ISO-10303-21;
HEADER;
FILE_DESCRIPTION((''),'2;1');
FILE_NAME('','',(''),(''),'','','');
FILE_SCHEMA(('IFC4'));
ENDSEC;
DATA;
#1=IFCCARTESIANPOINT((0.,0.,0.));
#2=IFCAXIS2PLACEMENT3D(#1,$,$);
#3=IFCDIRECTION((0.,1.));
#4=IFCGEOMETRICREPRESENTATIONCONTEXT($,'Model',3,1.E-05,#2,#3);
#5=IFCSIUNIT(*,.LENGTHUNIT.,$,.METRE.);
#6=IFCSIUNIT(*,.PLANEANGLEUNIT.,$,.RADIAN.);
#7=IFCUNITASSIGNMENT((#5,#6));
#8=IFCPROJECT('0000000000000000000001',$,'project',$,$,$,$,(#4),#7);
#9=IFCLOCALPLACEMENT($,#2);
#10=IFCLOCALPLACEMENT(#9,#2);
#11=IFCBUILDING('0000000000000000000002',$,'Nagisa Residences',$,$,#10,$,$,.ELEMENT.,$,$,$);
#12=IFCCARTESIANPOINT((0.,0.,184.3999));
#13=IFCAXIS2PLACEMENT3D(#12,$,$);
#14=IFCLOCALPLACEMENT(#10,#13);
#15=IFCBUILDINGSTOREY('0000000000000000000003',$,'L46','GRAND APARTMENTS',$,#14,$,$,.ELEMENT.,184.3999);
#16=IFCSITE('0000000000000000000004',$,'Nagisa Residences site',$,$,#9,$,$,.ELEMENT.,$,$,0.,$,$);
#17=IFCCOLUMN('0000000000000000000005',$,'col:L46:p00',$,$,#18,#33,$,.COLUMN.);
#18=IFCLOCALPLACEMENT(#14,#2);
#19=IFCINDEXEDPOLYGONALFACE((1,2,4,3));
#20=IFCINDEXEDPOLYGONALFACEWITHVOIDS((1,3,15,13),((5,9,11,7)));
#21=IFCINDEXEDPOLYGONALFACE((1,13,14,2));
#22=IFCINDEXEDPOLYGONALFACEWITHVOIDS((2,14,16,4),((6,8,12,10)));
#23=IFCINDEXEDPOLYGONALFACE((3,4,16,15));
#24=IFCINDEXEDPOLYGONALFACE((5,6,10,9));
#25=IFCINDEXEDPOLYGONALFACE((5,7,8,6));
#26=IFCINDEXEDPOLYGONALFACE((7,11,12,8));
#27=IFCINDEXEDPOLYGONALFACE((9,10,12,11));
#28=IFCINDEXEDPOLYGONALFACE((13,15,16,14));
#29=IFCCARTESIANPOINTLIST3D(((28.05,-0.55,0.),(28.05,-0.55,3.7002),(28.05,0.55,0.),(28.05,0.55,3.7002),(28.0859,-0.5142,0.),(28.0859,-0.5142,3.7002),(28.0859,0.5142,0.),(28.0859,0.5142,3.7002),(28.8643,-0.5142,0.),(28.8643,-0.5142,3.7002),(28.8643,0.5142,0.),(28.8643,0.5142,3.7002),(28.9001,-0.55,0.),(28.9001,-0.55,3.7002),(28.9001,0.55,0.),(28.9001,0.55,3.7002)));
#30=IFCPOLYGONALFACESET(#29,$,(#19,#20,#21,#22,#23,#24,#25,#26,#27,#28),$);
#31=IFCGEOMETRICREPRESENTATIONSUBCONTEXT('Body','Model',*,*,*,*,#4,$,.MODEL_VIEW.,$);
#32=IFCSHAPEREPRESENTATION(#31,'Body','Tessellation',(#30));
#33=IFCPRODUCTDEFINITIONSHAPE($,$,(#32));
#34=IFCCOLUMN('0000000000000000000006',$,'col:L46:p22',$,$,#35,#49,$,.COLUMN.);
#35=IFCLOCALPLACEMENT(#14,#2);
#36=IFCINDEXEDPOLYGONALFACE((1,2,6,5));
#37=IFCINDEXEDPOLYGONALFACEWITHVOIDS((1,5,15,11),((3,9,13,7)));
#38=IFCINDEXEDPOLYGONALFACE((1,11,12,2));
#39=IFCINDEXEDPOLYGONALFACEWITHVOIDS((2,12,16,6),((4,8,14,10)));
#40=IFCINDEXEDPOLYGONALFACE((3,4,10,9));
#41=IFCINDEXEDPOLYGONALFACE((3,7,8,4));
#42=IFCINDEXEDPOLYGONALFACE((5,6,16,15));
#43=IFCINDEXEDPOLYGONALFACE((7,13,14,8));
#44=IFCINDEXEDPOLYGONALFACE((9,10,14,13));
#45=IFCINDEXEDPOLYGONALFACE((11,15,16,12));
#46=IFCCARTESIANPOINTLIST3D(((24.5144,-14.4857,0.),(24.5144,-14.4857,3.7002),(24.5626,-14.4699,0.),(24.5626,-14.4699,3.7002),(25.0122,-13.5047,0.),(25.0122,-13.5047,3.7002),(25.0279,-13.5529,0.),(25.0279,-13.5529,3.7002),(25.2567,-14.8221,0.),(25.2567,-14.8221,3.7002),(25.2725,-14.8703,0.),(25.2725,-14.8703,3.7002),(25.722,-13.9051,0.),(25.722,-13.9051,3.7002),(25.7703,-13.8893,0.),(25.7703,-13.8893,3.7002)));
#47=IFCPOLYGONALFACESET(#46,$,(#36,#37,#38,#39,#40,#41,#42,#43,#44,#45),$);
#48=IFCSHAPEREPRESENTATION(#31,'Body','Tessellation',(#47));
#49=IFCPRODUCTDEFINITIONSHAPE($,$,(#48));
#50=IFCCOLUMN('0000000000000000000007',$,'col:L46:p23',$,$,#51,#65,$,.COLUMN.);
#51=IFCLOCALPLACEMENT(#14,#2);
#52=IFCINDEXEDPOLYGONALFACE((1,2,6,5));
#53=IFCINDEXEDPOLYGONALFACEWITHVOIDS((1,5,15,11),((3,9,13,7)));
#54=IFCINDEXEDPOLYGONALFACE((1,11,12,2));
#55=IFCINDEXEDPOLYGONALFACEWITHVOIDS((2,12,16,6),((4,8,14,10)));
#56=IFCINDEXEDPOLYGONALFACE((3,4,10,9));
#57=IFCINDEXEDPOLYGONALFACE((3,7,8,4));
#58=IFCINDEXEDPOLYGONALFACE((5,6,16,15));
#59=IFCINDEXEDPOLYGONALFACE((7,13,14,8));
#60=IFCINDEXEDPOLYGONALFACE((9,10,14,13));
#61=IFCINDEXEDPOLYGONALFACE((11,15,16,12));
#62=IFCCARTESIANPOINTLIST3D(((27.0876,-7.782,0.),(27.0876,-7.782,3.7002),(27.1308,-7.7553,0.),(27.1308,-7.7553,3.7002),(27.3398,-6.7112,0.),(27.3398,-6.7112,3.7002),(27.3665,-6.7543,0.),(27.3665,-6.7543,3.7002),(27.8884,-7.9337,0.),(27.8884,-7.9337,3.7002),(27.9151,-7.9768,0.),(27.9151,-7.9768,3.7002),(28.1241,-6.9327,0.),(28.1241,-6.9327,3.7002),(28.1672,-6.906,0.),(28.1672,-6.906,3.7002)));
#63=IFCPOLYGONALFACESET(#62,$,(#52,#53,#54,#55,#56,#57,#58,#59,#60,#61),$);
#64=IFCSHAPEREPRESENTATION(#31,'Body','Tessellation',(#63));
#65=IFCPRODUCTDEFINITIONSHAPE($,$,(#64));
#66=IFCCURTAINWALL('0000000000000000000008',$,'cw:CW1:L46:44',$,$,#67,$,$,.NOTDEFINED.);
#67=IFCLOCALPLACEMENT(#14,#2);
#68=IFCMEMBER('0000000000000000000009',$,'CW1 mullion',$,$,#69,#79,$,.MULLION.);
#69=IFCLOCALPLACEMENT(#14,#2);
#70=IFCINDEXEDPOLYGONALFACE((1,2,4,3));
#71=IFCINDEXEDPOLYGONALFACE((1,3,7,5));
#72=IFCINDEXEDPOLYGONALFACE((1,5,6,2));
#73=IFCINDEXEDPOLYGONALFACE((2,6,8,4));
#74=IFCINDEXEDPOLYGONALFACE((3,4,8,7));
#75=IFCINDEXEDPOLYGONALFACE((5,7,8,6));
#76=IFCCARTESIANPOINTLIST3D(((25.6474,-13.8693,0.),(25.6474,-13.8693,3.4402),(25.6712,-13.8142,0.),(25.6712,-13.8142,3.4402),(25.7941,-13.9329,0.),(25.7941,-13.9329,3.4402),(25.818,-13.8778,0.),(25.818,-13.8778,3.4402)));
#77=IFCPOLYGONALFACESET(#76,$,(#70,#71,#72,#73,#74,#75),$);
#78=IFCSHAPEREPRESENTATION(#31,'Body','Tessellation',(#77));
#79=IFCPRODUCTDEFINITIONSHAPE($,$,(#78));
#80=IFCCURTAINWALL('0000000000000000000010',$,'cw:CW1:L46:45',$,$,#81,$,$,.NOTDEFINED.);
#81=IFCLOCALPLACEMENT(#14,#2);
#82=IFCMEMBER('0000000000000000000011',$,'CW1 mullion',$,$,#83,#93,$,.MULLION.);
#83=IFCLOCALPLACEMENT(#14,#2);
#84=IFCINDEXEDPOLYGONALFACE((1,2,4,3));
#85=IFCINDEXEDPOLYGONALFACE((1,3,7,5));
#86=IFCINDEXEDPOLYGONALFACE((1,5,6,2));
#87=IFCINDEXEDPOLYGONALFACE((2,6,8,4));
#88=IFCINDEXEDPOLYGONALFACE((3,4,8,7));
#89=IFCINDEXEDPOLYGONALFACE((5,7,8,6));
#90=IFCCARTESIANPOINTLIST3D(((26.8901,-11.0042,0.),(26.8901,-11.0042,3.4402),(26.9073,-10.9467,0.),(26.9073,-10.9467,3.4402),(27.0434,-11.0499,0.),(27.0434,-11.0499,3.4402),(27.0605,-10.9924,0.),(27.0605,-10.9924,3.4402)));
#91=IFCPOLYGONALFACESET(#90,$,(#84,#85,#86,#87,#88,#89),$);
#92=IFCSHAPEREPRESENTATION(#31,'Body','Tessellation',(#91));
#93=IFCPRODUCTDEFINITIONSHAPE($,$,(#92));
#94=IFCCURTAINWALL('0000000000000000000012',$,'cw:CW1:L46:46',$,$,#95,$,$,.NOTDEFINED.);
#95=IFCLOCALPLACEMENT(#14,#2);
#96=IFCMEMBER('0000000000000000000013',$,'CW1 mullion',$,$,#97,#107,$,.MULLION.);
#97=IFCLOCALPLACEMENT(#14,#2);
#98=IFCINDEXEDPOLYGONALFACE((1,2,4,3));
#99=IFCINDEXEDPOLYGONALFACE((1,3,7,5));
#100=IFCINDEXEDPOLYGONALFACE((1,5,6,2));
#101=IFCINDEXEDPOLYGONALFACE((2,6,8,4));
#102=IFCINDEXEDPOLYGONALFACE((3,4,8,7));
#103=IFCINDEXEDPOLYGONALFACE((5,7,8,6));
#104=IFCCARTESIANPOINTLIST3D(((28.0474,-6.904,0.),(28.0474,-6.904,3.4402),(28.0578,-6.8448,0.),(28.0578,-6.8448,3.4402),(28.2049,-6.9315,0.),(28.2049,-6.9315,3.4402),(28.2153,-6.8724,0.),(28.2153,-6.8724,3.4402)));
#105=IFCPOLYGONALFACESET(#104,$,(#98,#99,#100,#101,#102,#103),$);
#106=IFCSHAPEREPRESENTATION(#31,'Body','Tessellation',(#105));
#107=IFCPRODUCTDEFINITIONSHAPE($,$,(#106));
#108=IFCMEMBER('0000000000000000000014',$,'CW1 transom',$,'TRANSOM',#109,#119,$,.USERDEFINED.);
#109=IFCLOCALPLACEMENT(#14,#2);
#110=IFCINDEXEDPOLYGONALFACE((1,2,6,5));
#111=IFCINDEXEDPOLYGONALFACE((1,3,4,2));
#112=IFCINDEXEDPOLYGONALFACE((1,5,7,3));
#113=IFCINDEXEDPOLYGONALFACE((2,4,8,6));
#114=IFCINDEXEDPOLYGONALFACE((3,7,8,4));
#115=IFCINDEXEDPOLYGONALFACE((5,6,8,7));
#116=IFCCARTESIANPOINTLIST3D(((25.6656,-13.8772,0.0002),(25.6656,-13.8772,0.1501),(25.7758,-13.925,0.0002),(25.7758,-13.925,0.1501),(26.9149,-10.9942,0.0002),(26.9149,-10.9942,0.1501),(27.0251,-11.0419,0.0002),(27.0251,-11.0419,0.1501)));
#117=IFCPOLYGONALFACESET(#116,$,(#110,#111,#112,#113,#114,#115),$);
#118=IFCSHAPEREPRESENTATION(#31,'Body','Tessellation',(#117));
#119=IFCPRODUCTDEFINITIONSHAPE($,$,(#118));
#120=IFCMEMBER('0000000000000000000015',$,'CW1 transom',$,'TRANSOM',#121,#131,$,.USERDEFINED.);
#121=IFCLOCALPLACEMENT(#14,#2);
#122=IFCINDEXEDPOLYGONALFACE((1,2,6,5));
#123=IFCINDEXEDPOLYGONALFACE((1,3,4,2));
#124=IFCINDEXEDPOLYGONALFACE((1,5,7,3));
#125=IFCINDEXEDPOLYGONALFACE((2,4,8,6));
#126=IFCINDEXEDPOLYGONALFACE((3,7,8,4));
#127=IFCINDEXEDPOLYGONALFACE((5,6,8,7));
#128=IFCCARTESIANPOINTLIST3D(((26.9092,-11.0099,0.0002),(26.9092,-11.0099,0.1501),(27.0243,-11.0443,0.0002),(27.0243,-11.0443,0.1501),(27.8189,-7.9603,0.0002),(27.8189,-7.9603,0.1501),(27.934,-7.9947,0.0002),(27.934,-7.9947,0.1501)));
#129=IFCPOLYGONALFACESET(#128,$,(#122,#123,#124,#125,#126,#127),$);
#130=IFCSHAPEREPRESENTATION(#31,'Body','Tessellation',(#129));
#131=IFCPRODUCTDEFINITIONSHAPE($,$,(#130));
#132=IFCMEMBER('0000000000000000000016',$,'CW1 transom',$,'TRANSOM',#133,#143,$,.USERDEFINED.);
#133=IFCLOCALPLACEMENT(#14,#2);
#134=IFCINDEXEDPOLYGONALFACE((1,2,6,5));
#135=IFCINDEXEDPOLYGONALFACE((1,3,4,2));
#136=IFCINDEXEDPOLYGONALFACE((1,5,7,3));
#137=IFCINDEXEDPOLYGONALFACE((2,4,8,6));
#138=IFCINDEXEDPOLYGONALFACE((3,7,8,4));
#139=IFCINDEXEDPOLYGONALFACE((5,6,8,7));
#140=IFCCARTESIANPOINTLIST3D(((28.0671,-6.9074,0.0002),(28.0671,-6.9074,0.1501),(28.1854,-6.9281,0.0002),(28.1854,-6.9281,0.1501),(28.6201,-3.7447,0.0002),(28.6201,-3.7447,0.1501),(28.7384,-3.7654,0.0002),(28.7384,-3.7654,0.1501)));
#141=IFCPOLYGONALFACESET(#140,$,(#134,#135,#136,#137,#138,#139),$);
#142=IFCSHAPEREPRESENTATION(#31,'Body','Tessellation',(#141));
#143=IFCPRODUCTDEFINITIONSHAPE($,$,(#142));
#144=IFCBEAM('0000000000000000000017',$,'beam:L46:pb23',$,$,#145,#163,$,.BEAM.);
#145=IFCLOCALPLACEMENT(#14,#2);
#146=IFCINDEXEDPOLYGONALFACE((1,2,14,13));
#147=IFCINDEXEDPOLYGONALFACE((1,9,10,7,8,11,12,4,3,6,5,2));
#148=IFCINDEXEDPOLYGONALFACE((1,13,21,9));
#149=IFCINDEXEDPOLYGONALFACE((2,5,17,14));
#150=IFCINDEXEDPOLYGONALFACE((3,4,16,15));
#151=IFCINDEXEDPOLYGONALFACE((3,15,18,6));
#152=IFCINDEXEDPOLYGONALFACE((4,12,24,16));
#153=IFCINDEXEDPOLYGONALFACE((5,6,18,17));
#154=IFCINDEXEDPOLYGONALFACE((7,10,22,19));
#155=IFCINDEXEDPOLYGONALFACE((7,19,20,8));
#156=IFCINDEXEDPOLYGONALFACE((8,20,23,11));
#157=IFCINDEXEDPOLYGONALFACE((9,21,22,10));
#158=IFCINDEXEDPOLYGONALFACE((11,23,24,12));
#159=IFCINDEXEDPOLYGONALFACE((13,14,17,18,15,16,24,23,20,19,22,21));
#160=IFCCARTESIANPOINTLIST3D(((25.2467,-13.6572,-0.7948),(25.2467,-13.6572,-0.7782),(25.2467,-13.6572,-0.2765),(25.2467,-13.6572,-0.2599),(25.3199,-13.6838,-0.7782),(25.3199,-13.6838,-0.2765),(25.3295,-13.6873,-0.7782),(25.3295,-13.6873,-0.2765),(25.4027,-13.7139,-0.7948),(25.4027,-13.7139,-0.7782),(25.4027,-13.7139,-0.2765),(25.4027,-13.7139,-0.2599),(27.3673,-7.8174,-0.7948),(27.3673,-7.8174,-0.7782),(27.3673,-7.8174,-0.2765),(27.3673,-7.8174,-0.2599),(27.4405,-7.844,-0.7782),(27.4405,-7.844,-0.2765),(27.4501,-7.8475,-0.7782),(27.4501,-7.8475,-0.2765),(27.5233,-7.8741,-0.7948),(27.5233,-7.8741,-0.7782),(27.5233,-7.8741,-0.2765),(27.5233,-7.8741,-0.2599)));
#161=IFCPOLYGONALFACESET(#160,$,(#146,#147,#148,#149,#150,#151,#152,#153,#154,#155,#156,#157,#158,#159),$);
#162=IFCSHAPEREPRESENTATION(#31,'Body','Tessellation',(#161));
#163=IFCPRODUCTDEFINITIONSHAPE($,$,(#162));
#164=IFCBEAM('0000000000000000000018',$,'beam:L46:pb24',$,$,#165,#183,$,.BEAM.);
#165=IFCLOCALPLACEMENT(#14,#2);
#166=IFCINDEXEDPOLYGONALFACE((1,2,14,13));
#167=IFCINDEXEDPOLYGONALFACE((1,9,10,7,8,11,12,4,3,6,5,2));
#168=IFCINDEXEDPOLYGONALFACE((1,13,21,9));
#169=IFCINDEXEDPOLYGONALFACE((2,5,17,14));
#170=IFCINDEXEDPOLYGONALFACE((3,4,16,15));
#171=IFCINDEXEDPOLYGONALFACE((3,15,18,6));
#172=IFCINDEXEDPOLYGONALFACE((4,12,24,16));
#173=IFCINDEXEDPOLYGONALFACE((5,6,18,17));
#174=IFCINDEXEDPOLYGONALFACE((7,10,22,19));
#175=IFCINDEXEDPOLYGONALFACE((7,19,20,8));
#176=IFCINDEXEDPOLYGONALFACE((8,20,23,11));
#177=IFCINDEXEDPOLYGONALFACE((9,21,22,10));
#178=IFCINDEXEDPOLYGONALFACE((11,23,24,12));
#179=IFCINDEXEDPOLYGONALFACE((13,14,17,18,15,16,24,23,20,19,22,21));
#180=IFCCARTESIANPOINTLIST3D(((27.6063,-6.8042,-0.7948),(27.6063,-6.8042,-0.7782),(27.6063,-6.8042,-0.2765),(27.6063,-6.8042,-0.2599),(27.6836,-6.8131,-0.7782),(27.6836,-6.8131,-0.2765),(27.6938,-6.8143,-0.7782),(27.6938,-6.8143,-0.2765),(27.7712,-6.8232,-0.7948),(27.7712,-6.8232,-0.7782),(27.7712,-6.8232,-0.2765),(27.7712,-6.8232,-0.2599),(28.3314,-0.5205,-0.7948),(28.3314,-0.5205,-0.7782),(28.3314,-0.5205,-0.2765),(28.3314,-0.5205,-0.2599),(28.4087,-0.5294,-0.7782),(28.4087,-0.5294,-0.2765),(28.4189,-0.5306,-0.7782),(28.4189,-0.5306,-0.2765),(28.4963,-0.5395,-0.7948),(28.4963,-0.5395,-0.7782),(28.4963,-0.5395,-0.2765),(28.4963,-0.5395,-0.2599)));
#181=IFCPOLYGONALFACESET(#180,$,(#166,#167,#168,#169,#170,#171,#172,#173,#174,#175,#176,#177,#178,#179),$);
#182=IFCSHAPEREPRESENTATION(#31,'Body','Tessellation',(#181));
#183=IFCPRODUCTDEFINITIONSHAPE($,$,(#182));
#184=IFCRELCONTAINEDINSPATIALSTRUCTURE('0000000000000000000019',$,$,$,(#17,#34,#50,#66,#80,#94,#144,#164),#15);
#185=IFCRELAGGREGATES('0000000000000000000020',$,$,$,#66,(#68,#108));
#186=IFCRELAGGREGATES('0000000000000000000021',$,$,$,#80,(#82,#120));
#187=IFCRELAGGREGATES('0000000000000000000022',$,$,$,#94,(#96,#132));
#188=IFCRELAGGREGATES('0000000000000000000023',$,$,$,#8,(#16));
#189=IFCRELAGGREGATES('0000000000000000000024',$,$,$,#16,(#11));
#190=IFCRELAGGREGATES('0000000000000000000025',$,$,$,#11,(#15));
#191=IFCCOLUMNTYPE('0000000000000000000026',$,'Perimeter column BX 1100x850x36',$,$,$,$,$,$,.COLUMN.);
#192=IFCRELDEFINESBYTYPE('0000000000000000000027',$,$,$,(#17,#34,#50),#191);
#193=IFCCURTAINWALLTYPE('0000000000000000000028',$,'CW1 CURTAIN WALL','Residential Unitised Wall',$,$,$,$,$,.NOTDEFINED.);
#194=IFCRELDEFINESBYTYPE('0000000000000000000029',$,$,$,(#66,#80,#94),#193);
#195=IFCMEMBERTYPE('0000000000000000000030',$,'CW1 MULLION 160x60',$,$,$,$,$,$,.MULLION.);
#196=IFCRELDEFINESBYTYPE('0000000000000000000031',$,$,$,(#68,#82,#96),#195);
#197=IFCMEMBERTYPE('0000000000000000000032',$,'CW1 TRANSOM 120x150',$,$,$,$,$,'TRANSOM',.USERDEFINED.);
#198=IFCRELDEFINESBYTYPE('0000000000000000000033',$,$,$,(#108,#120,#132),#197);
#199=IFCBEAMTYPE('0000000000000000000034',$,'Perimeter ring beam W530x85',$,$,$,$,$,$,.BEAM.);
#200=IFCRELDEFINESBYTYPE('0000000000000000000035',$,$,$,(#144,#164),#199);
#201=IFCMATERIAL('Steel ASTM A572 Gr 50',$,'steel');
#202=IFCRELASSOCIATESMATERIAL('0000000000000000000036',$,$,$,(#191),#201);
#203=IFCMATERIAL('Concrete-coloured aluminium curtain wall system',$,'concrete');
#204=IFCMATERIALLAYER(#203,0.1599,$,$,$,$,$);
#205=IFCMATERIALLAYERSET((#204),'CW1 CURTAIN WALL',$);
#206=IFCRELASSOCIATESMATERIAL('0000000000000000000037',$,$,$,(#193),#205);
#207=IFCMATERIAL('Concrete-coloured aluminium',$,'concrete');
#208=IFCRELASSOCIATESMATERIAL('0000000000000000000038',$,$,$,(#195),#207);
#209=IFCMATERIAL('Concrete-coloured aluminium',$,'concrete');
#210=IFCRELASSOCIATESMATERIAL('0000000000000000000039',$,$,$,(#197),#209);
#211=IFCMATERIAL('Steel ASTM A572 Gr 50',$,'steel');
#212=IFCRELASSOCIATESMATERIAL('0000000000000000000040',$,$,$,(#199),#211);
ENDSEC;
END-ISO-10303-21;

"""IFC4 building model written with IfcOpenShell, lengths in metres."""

from ifc_helpers import new_model, si_unit, direction, frame, origin, origin_2d, place, context, subcontext, project, spatial, rectangle, hollow_rectangle, i_section, extrude, material, layer, layer_set, material_profile, profile_set, type_object, element, aggregate, save


model = new_model("IFC4")

# Units and contexts
model_context = context("Model", 3, precision=1e-05, world=origin(), true_north=direction((0.0, 1.0)))
body_context = subcontext(model_context, "Body", "Model", "MODEL_VIEW")
ifc_project = project(units=[si_unit("LENGTHUNIT", "METRE"), si_unit("PLANEANGLEUNIT", "RADIAN")], contexts=[model_context])

# Site, building, storey
site_placement = place(None, origin())
site = spatial("IfcSite", under=ifc_project, at=site_placement, Name="Nagisa Residences site", CompositionType="ELEMENT", RefElevation=0.0)
building_placement = place(site_placement, origin())
building = spatial("IfcBuilding", under=site, at=building_placement, Name="Nagisa Residences", CompositionType="ELEMENT")
storey_placement = place(building_placement, frame((0.0, 0.0, 184.3999)))
storey = spatial("IfcBuildingStorey", under=building, at=storey_placement, Name="L46", Description="GRAND APARTMENTS", CompositionType="ELEMENT", Elevation=184.3999)

# Columns
ifc_material_1 = material(Name="Steel ASTM A572 Gr 50", Category="steel")
ifc_material_profile_1 = material_profile(ifc_material_1, hollow_rectangle(XDim=1.1001, YDim=0.8501, WallThickness=0.0359, at=origin_2d()), Name="BX 1100x850x36")
ifc_profile_set_1 = profile_set([ifc_material_profile_1], Name="Steel ASTM A572 Gr 50")
column_type = type_object("IfcColumnType", Name="Perimeter column BX 1100x850x36", PredefinedType="COLUMN", material=ifc_profile_set_1)
for number, where, z_axis, x_axis, name in (
    (1, (28.4751, 0.0, 0.0), (0.0, 0.0, 1.0), (0.0, 1.0, 0.0), "col:L46:p00"),
    (2, (25.1423, -14.1875, 0.0), (0.0, 0.0, 1.0), (0.452463, 0.891783, 0.0), "col:L46:p22"),
    (3, (27.6274, -7.344, 0.0), (0.0, 0.0, 1.0), (0.229202, 0.973379, 0.0), "col:L46:p23"),
):
    element("IfcColumn", number, at=place(storey_placement, frame(where, z_axis=z_axis, x_axis=x_axis)), inside=storey, type_object=column_type, Name=name, PredefinedType="COLUMN", context=body_context, shape_type="SweptSolid", body=[
        extrude(hollow_rectangle(XDim=1.1001, YDim=0.8501, WallThickness=0.0359, at=origin_2d()), origin(), (0.0, 0.0, 1.0), 3.7002),
    ])

# Curtain walls, members
ifc_material_2 = material(Name="Concrete-coloured aluminium curtain wall system", Category="concrete")
ifc_layer_1 = layer(ifc_material_2, 0.1599)
ifc_layer_set_1 = layer_set([ifc_layer_1], Name="CW1 CURTAIN WALL")
curtain_wall_type = type_object("IfcCurtainWallType", Name="CW1 CURTAIN WALL", Description="Residential Unitised Wall", PredefinedType="NOTDEFINED", material=ifc_layer_set_1)
curtain_wall_1_placement = place(storey_placement, origin())
curtain_wall_1 = element("IfcCurtainWall", 4, at=curtain_wall_1_placement, inside=storey, type_object=curtain_wall_type, Name="cw:CW1:L46:44", PredefinedType="NOTDEFINED")
ifc_material_3 = material(Name="Concrete-coloured aluminium", Category="concrete")
ifc_material_profile_2 = material_profile(ifc_material_3, rectangle(XDim=0.1599, YDim=0.0601, at=origin_2d()), Name="CW1 MULLION 160x60")
ifc_profile_set_2 = profile_set([ifc_material_profile_2], Name="Concrete-coloured aluminium")
member_type_1 = type_object("IfcMemberType", Name="CW1 MULLION 160x60", PredefinedType="MULLION", material=ifc_profile_set_2)
member_1_placement = place(storey_placement, frame((25.7327, -13.8735, 0.0), z_axis=(0.0, 0.0, 1.0), x_axis=(-0.917543, 0.397636, 0.0)))
member_1 = element("IfcMember", 5, at=member_1_placement, type_object=member_type_1, Name="CW1 mullion", PredefinedType="MULLION", context=body_context, shape_type="SweptSolid", body=[
    extrude(rectangle(XDim=0.1599, YDim=0.0601, at=origin_2d()), origin(), (0.0, 0.0, 1.0), 3.4402),
])
curtain_wall_2_placement = place(storey_placement, origin())
curtain_wall_2 = element("IfcCurtainWall", 6, at=curtain_wall_2_placement, inside=storey, type_object=curtain_wall_type, Name="cw:CW1:L46:45", PredefinedType="NOTDEFINED")
member_2_placement = place(storey_placement, frame((26.9753, -10.9983, 0.0), z_axis=(0.0, 0.0, 1.0), x_axis=(-0.958271, 0.28586, 0.0)))
member_2 = element("IfcMember", 7, at=member_2_placement, type_object=member_type_1, Name="CW1 mullion", PredefinedType="MULLION", context=body_context, shape_type="SweptSolid", body=[
    extrude(rectangle(XDim=0.1599, YDim=0.0601, at=origin_2d()), origin(), (0.0, 0.0, 1.0), 3.4402),
])
curtain_wall_3_placement = place(storey_placement, origin())
curtain_wall_3 = element("IfcCurtainWall", 8, at=curtain_wall_3_placement, inside=storey, type_object=curtain_wall_type, Name="cw:CW1:L46:46", PredefinedType="NOTDEFINED")
member_3_placement = place(storey_placement, frame((28.1313, -6.8882, 0.0), z_axis=(0.0, 0.0, 1.0), x_axis=(-0.985064, 0.172191, 0.0)))
member_3 = element("IfcMember", 9, at=member_3_placement, type_object=member_type_1, Name="CW1 mullion", PredefinedType="MULLION", context=body_context, shape_type="SweptSolid", body=[
    extrude(rectangle(XDim=0.1599, YDim=0.0601, at=origin_2d()), origin(), (0.0, 0.0, 1.0), 3.4402),
])

# Members
ifc_material_4 = material(Name="Concrete-coloured aluminium", Category="concrete")
ifc_material_profile_3 = material_profile(ifc_material_4, rectangle(XDim=0.1201, YDim=0.1499, at=origin_2d()), Name="CW1 TRANSOM 120x150")
ifc_profile_set_3 = profile_set([ifc_material_profile_3], Name="Concrete-coloured aluminium")
member_type_2 = type_object("IfcMemberType", Name="CW1 TRANSOM 120x150", ElementType="TRANSOM", PredefinedType="USERDEFINED", material=ifc_profile_set_3)
member_4_placement = place(storey_placement, frame((25.7207, -13.9011, 0.0752), z_axis=(0.397592, 0.917562, 0.0), x_axis=(-0.917562, 0.397592, 0.0)))
member_4 = element("IfcMember", 10, at=member_4_placement, type_object=member_type_2, Name="CW1 transom", ObjectType="TRANSOM", PredefinedType="USERDEFINED", context=body_context, shape_type="SweptSolid", body=[
    extrude(rectangle(XDim=0.1201, YDim=0.1499, at=origin_2d()), origin(), (0.0, 0.0, 1.0), 3.1421),
])
member_5_placement = place(storey_placement, frame((26.9668, -11.0271, 0.0752), z_axis=(0.285848, 0.958275, 0.0), x_axis=(-0.958275, 0.285848, 0.0)))
member_5 = element("IfcMember", 11, at=member_5_placement, type_object=member_type_2, Name="CW1 transom", ObjectType="TRANSOM", PredefinedType="USERDEFINED", context=body_context, shape_type="SweptSolid", body=[
    extrude(rectangle(XDim=0.1201, YDim=0.1499, at=origin_2d()), origin(), (0.0, 0.0, 1.0), 3.1824),
])
member_6_placement = place(storey_placement, frame((28.1262, -6.9177, 0.0752), z_axis=(0.172236, 0.985056, 0.0), x_axis=(-0.985056, 0.172236, 0.0)))
member_6 = element("IfcMember", 12, at=member_6_placement, type_object=member_type_2, Name="CW1 transom", ObjectType="TRANSOM", PredefinedType="USERDEFINED", context=body_context, shape_type="SweptSolid", body=[
    extrude(rectangle(XDim=0.1201, YDim=0.1499, at=origin_2d()), origin(), (0.0, 0.0, 1.0), 3.2107),
])

# Beams
ifc_material_5 = material(Name="Steel ASTM A572 Gr 50", Category="steel")
ifc_material_profile_4 = material_profile(ifc_material_5, i_section(OverallWidth=0.166, OverallDepth=0.5349, WebThickness=0.0103, FlangeThickness=0.0166, at=origin_2d()), Name="W530x85")
ifc_profile_set_4 = profile_set([ifc_material_profile_4], Name="Steel ASTM A572 Gr 50")
beam_type_1 = type_object("IfcBeamType", Name="Perimeter ring beam W530x85", PredefinedType="BEAM", material=ifc_profile_set_4)
beam_1_placement = place(storey_placement, frame((25.3247, -13.6855, -0.5273), z_axis=(0.34132, 0.939947, 0.0), x_axis=(-0.939947, 0.34132, 0.0)))
element("IfcBeam", 13, at=beam_1_placement, inside=storey, type_object=beam_type_1, Name="beam:L46:pb23", PredefinedType="BEAM", context=body_context, shape_type="SweptSolid", body=[
    extrude(i_section(OverallWidth=0.166, OverallDepth=0.5349, WebThickness=0.0103, FlangeThickness=0.0166, at=origin_2d()), origin(), (0.0, 0.0, 1.0), 6.2129),
])
beam_2_placement = place(storey_placement, frame((27.6887, -6.8137, -0.5273), z_axis=(0.114633, 0.993408, 0.0), x_axis=(-0.993408, 0.114633, 0.0)))
element("IfcBeam", 14, at=beam_2_placement, inside=storey, type_object=beam_type_1, Name="beam:L46:pb24", PredefinedType="BEAM", context=body_context, shape_type="SweptSolid", body=[
    extrude(i_section(OverallWidth=0.166, OverallDepth=0.5349, WebThickness=0.0103, FlangeThickness=0.0166, at=origin_2d()), origin(), (0.0, 0.0, 1.0), 6.3254),
])

aggregate(curtain_wall_1, [member_1, member_4])
aggregate(curtain_wall_2, [member_2, member_5])
aggregate(curtain_wall_3, [member_3, member_6])

save(model, "model.ifc")
